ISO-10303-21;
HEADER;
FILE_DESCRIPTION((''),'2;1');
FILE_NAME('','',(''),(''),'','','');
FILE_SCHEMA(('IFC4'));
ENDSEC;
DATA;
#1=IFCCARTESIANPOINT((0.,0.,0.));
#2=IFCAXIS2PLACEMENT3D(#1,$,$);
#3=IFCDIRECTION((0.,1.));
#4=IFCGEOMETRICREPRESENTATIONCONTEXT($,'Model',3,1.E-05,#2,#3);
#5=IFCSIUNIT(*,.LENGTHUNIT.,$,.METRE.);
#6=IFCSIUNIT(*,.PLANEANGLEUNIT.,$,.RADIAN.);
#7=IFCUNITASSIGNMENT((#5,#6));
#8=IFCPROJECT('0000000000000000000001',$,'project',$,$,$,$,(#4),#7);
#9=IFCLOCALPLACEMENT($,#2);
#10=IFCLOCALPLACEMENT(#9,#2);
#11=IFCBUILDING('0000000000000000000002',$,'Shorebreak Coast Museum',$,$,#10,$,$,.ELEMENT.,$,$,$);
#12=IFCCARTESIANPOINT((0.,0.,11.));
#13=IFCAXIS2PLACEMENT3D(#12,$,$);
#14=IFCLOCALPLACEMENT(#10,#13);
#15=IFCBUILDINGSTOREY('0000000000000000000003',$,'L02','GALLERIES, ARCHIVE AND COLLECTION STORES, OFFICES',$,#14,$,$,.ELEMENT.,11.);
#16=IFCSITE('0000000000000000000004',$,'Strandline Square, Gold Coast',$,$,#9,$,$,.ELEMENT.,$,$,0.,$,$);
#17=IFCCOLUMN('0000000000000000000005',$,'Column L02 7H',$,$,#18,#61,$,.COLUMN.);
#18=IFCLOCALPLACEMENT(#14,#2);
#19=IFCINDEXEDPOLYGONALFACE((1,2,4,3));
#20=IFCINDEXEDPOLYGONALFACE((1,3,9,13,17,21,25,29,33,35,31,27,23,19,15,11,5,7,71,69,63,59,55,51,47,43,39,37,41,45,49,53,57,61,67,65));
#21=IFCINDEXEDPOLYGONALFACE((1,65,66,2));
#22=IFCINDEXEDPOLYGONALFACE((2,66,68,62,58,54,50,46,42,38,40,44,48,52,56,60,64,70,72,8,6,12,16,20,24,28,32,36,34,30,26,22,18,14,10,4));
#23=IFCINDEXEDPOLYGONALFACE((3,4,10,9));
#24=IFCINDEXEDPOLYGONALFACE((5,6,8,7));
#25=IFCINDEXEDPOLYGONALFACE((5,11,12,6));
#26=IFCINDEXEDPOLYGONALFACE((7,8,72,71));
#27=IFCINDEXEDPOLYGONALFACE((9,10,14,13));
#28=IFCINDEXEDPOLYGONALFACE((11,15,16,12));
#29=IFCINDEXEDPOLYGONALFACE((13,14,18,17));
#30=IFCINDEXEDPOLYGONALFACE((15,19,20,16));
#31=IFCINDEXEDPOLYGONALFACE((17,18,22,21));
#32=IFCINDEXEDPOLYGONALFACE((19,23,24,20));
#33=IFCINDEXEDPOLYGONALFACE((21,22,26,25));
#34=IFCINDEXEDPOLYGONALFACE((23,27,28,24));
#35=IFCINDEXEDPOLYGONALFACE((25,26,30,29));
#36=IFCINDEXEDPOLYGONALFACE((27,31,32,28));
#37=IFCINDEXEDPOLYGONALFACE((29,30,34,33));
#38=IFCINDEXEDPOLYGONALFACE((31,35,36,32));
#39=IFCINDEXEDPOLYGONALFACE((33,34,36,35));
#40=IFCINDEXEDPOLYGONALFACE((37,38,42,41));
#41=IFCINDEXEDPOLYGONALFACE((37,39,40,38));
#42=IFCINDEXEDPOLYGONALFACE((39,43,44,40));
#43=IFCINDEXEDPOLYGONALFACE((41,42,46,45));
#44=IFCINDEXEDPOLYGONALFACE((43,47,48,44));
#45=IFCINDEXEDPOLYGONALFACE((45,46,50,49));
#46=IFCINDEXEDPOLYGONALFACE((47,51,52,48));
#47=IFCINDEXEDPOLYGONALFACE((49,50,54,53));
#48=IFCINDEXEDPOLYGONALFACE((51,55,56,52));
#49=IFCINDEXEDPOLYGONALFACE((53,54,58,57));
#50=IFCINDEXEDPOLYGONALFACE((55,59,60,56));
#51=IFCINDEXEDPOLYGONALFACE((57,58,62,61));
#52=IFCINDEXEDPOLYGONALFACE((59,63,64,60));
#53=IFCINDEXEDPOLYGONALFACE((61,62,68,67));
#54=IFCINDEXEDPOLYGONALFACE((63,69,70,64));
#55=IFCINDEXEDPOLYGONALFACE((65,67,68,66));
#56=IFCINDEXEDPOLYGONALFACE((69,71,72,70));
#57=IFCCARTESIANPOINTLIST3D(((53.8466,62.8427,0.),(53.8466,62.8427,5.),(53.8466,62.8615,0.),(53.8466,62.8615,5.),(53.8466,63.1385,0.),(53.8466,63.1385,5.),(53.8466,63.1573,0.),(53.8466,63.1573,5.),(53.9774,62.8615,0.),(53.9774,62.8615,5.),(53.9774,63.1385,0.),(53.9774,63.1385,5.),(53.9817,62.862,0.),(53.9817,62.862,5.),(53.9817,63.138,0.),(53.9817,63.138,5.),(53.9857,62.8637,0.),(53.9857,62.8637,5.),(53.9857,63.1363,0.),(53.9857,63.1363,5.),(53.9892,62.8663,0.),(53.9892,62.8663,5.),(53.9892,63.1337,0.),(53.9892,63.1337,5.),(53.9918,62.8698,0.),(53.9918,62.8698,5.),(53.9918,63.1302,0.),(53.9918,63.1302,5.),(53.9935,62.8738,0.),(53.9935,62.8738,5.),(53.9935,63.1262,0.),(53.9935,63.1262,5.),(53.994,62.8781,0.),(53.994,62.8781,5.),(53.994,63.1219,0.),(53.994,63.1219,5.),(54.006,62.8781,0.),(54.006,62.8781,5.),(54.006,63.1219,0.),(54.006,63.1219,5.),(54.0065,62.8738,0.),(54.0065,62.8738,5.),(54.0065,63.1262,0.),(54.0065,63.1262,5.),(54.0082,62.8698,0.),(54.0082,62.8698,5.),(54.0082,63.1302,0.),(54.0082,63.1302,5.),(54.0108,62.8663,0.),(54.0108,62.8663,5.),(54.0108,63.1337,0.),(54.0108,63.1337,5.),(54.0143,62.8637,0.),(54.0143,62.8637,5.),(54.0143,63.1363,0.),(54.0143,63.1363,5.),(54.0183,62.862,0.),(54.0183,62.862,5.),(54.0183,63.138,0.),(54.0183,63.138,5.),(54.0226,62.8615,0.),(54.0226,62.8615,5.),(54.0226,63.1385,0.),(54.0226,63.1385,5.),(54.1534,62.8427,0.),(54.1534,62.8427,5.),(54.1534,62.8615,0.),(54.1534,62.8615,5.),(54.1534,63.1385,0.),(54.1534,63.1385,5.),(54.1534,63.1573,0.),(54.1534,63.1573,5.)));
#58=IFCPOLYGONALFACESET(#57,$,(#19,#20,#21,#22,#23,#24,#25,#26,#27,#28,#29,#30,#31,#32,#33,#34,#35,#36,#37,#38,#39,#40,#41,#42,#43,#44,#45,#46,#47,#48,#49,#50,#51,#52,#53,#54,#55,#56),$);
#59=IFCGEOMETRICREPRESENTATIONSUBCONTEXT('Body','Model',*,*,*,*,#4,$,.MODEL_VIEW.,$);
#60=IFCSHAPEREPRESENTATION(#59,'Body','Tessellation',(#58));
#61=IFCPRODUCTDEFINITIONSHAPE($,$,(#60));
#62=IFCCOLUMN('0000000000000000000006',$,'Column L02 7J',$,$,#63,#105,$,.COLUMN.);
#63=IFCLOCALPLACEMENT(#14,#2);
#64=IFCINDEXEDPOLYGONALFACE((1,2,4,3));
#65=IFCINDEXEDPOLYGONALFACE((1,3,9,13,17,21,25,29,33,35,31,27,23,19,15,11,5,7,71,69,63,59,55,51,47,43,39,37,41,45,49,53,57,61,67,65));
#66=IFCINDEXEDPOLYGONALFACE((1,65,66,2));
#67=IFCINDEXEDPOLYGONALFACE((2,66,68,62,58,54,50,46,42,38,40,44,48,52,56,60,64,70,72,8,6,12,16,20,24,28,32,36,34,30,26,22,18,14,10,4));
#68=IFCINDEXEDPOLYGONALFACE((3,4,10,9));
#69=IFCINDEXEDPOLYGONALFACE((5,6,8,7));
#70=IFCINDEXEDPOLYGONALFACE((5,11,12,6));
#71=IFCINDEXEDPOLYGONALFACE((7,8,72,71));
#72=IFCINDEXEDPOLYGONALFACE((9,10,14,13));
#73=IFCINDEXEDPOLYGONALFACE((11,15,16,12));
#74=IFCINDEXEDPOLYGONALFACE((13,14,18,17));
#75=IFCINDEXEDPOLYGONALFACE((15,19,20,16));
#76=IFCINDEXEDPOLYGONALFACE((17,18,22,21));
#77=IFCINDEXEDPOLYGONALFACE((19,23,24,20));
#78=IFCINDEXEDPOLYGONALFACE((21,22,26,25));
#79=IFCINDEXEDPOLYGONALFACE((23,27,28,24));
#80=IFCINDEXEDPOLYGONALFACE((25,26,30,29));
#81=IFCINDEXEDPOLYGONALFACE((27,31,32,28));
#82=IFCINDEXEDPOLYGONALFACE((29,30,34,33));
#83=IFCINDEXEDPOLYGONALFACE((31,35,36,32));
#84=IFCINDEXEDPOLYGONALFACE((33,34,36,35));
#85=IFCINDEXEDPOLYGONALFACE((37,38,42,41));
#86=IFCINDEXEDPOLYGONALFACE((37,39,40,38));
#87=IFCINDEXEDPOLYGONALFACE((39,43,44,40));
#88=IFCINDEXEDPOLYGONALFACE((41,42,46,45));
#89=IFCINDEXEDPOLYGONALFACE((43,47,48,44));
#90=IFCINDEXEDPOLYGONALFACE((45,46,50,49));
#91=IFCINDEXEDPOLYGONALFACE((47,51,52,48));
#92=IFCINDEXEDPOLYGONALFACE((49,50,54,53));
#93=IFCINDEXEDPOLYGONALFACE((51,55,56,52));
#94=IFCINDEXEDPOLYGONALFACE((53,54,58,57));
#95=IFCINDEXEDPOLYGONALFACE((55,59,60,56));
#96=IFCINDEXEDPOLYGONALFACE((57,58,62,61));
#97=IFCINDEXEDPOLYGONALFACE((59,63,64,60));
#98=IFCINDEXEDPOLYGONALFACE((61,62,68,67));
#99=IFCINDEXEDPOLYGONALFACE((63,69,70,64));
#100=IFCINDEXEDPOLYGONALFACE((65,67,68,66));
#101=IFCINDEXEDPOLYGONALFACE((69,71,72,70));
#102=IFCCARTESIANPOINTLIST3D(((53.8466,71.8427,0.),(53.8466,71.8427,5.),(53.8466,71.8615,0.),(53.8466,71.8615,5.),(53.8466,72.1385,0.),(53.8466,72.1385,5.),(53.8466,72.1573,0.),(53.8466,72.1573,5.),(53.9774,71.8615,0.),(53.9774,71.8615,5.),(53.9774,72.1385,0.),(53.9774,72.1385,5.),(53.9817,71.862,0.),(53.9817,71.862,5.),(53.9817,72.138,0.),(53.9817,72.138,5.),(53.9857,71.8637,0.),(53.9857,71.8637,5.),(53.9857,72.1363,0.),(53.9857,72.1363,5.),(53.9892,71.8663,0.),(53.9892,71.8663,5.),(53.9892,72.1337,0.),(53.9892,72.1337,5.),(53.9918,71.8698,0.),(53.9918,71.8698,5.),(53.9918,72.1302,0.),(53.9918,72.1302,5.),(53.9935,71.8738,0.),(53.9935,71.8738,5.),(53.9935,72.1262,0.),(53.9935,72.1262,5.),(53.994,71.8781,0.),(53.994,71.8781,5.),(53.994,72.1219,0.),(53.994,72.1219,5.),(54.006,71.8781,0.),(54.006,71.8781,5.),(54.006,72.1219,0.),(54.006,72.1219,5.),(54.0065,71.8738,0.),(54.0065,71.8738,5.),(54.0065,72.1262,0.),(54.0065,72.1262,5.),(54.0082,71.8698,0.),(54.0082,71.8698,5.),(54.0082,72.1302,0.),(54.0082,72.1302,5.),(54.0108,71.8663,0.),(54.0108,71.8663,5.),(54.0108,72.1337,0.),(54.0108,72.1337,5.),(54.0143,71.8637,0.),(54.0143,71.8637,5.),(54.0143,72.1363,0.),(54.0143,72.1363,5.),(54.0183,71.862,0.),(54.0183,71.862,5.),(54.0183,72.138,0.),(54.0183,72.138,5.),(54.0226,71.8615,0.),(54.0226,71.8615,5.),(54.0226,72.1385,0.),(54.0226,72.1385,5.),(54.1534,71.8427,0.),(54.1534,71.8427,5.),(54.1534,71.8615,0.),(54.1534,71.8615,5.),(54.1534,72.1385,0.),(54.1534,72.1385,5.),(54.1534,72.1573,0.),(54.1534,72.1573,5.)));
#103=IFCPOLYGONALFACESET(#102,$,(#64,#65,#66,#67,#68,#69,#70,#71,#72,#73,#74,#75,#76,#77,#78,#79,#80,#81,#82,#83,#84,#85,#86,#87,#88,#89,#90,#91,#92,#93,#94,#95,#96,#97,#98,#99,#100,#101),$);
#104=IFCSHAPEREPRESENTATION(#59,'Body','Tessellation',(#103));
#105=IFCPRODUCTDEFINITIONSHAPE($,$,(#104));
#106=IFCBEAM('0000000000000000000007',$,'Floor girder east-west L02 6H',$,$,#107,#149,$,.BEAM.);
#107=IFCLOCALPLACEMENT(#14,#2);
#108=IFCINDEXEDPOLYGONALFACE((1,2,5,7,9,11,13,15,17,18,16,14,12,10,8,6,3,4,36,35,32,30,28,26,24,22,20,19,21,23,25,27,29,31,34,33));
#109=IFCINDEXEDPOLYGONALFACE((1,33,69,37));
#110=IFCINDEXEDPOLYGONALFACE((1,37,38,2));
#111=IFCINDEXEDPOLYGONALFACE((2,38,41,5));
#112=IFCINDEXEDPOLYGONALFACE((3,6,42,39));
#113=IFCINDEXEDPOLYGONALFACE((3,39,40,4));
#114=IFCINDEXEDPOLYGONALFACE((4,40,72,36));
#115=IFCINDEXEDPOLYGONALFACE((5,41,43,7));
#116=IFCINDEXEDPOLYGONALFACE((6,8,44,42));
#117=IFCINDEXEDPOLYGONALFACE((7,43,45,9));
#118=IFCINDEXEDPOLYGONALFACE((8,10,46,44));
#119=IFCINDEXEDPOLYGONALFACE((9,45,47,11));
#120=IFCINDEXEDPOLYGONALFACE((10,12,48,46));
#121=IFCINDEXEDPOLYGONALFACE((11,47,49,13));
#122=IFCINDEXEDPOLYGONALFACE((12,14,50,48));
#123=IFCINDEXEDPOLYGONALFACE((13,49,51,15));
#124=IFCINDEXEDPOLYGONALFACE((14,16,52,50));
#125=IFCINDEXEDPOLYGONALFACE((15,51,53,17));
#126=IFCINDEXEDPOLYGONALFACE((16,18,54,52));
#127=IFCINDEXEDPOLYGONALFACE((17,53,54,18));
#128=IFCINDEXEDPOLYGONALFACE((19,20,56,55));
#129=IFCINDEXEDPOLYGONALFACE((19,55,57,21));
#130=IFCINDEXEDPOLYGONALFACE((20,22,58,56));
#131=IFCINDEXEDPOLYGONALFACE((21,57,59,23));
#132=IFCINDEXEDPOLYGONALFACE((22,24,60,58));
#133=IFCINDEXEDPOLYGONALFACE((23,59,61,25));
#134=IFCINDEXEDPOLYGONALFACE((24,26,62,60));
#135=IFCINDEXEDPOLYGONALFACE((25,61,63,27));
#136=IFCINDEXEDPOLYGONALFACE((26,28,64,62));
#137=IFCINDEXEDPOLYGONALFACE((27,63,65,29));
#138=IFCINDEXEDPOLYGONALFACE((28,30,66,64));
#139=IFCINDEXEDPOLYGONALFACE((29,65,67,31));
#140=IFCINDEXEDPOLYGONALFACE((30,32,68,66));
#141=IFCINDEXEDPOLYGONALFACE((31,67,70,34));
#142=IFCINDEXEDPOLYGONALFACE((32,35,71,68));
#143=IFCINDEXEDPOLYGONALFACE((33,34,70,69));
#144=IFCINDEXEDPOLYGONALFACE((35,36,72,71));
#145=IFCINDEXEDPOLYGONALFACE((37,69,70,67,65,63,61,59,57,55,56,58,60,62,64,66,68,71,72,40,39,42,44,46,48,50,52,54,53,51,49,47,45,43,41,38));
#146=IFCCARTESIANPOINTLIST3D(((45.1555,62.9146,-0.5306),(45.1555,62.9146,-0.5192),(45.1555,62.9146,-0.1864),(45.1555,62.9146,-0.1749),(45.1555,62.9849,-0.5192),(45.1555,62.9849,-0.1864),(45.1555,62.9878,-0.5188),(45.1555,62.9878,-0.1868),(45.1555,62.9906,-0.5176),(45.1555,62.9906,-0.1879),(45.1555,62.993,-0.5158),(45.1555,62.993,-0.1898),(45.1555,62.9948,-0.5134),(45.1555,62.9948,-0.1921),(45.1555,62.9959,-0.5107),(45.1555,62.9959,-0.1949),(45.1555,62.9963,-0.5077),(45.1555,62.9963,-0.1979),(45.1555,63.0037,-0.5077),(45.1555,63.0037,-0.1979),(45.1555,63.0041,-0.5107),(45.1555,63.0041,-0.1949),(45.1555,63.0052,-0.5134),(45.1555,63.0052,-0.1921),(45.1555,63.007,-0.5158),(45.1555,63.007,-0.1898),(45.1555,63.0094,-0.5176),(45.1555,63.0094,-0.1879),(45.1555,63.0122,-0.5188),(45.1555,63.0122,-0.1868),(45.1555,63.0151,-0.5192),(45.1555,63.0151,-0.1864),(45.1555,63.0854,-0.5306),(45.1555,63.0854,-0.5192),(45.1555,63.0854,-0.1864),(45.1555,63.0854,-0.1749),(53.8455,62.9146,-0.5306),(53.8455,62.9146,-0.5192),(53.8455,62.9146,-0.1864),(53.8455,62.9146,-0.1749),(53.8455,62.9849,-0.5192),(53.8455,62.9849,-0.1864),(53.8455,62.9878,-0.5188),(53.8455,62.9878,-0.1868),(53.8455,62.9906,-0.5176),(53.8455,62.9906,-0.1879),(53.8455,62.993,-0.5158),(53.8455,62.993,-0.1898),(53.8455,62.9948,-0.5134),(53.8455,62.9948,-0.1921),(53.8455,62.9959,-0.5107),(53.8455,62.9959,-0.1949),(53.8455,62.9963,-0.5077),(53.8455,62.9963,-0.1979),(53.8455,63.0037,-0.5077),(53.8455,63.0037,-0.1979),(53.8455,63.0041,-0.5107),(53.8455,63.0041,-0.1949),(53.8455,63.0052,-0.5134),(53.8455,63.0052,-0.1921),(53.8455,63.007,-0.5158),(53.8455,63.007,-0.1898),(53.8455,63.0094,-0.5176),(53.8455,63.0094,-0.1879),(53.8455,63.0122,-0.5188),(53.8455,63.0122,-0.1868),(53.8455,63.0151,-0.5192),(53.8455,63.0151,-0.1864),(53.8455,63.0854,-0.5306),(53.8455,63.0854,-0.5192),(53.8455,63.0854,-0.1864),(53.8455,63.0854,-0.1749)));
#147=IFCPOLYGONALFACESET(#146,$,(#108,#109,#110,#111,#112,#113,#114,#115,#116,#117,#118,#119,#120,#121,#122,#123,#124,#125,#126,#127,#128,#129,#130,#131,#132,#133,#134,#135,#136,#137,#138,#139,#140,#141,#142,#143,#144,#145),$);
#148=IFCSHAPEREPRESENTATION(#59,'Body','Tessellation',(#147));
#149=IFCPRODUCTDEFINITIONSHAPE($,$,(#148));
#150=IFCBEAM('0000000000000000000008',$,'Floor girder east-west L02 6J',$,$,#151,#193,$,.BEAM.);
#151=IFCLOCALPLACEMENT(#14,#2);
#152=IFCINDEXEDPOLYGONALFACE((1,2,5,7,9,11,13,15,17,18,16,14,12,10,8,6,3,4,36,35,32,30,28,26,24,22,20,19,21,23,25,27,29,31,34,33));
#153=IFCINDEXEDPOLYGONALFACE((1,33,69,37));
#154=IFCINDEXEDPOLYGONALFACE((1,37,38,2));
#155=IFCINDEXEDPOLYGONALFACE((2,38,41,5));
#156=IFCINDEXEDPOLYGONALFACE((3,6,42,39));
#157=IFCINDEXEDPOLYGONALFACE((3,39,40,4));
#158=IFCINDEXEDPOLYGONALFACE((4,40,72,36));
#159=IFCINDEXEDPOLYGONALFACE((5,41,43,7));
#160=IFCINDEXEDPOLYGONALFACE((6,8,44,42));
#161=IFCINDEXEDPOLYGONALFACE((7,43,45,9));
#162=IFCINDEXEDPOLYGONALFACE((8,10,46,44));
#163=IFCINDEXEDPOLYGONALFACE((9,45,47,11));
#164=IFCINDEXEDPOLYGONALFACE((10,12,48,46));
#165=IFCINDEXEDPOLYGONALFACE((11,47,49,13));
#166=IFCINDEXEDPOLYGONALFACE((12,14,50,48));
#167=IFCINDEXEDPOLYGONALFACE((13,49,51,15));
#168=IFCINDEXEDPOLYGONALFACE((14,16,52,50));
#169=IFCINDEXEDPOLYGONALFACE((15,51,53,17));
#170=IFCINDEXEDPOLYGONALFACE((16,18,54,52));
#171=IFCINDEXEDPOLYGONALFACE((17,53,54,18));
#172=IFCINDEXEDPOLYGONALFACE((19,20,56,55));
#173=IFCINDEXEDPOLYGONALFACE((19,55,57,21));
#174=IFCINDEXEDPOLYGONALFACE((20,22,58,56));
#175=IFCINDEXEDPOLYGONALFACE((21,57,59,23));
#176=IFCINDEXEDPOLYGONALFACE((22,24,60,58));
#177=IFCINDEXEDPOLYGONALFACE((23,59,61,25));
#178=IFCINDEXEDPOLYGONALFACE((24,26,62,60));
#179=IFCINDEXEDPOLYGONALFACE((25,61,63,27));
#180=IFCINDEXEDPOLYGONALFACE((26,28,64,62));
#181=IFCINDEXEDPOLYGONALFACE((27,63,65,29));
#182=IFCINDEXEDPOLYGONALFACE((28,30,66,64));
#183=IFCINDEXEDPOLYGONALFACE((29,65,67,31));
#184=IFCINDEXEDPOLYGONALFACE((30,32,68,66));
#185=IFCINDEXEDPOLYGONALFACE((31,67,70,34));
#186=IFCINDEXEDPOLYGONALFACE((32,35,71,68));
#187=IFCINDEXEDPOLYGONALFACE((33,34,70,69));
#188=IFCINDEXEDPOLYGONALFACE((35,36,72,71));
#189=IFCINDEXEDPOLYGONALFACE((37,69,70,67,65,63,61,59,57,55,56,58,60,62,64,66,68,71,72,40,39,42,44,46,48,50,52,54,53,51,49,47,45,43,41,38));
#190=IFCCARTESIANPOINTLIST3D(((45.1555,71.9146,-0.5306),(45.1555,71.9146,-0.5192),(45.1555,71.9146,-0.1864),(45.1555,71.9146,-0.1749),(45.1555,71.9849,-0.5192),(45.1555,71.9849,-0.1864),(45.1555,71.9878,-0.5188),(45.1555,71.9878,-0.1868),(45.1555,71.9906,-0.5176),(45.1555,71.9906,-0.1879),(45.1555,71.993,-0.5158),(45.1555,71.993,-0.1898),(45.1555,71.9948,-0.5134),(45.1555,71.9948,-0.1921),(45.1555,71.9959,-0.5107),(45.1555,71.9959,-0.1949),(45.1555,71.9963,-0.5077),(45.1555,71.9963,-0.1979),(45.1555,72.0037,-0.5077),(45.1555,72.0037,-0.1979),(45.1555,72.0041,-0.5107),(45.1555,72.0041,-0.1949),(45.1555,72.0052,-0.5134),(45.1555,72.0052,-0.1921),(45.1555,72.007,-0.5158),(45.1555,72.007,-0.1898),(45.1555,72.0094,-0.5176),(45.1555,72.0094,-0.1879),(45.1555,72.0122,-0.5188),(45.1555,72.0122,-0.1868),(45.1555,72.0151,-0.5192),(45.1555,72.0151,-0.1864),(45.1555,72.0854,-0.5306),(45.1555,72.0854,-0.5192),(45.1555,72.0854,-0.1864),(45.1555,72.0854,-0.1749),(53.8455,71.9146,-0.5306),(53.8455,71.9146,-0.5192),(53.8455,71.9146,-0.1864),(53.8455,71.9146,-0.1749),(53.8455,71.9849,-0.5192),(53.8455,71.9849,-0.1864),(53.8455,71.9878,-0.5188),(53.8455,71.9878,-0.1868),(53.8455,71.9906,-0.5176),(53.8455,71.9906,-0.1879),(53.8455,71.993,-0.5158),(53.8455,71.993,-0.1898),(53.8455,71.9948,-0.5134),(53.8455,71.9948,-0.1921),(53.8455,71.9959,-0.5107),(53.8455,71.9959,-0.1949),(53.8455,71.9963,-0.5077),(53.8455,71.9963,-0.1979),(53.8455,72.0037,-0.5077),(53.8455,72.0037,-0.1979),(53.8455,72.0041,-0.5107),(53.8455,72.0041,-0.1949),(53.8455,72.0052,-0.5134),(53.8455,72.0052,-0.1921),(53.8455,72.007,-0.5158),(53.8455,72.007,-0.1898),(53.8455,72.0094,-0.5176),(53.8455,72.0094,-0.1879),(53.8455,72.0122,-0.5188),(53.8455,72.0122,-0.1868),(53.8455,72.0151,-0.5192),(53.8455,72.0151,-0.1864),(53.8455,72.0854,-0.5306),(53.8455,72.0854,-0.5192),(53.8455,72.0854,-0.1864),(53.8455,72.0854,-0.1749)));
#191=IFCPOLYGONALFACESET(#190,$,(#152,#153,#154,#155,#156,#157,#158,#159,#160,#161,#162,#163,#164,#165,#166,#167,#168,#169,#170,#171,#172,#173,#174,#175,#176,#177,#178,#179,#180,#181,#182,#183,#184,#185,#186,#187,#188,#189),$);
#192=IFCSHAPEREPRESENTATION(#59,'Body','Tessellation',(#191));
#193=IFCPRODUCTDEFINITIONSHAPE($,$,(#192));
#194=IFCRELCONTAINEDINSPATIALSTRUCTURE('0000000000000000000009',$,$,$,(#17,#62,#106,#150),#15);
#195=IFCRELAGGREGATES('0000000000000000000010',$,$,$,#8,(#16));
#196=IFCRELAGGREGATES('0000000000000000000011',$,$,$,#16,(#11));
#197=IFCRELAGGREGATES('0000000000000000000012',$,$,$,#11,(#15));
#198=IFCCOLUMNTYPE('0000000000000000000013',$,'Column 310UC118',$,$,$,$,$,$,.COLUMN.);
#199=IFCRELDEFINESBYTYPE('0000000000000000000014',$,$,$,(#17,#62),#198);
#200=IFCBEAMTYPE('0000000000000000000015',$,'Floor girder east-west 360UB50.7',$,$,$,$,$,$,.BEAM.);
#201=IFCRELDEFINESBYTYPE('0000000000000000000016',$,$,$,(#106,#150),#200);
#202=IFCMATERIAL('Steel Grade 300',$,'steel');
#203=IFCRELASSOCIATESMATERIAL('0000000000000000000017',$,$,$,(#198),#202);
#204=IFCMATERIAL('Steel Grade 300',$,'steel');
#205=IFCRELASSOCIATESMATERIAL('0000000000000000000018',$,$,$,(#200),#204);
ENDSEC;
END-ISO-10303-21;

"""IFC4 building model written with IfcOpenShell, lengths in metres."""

from ifc_helpers import new_model, si_unit, direction, frame, origin, origin_2d, place, context, subcontext, project, spatial, i_section, extrude, material, material_profile, profile_set, type_object, element, save


model = new_model("IFC4")

# Units and contexts
model_context = context("Model", 3, precision=1e-05, world=origin(), true_north=direction((0.0, 1.0)))
body_context = subcontext(model_context, "Body", "Model", "MODEL_VIEW")
ifc_project = project(units=[si_unit("LENGTHUNIT", "METRE"), si_unit("PLANEANGLEUNIT", "RADIAN")], contexts=[model_context])

# Site, building, storey
site_placement = place(None, origin())
site = spatial("IfcSite", under=ifc_project, at=site_placement, Name="Strandline Square, Gold Coast", CompositionType="ELEMENT", RefElevation=0.0)
building_placement = place(site_placement, origin())
building = spatial("IfcBuilding", under=site, at=building_placement, Name="Shorebreak Coast Museum", CompositionType="ELEMENT")
storey_placement = place(building_placement, frame((0.0, 0.0, 11.0)))
storey = spatial("IfcBuildingStorey", under=building, at=storey_placement, Name="L02", Description="GALLERIES, ARCHIVE AND COLLECTION STORES, OFFICES", CompositionType="ELEMENT", Elevation=11.0)

# Columns
ifc_material_1 = material(Name="Steel Grade 300", Category="steel")
ifc_material_profile_1 = material_profile(ifc_material_1, i_section(OverallWidth=0.3069, OverallDepth=0.3147, WebThickness=0.012, FlangeThickness=0.0188, FilletRadius=0.0166, at=origin_2d()), Name="310UC118")
ifc_profile_set_1 = profile_set([ifc_material_profile_1], Name="Steel Grade 300")
column_type = type_object("IfcColumnType", Name="Column 310UC118", PredefinedType="COLUMN", material=ifc_profile_set_1)
for number, where, z_axis, x_axis, name in (
    (1, (54.0, 63.0, 0.0), (0.0, 0.0, 1.0), (1.0, 0.0, 0.0), "Column L02 7H"),
    (2, (54.0, 72.0, 0.0), (0.0, 0.0, 1.0), (1.0, 0.0, 0.0), "Column L02 7J"),
):
    element("IfcColumn", number, at=place(storey_placement, frame(where, z_axis=z_axis, x_axis=x_axis)), inside=storey, type_object=column_type, Name=name, PredefinedType="COLUMN", context=body_context, shape_type="SweptSolid", body=[
        extrude(i_section(OverallWidth=0.3069, OverallDepth=0.3147, WebThickness=0.012, FlangeThickness=0.0188, FilletRadius=0.0166, at=origin_2d()), origin(), (0.0, 0.0, 1.0), 5.0),
    ])

# Beams
ifc_material_2 = material(Name="Steel Grade 300", Category="steel")
ifc_material_profile_2 = material_profile(ifc_material_2, i_section(OverallWidth=0.1709, OverallDepth=0.3557, WebThickness=0.0073, FlangeThickness=0.0115, FilletRadius=0.0115, at=origin_2d()), Name="360UB50.7")
ifc_profile_set_2 = profile_set([ifc_material_profile_2], Name="Steel Grade 300")
beam_type_1 = type_object("IfcBeamType", Name="Floor girder east-west 360UB50.7", PredefinedType="BEAM", material=ifc_profile_set_2)
for number, where, z_axis, x_axis, name in (
    (3, (45.1555, 63.0, -0.3528), (1.0, 0.0, 0.0), (0.0, 1.0, 0.0), "Floor girder east-west L02 6H"),
    (4, (45.1555, 72.0, -0.3528), (1.0, 0.0, 0.0), (0.0, 1.0, 0.0), "Floor girder east-west L02 6J"),
):
    element("IfcBeam", number, at=place(storey_placement, frame(where, z_axis=z_axis, x_axis=x_axis)), inside=storey, type_object=beam_type_1, Name=name, PredefinedType="BEAM", context=body_context, shape_type="SweptSolid", body=[
        extrude(i_section(OverallWidth=0.1709, OverallDepth=0.3557, WebThickness=0.0073, FlangeThickness=0.0115, FilletRadius=0.0115, at=origin_2d()), origin(), (0.0, 0.0, 1.0), 8.6899),
    ])

save(model, "model.ifc")
